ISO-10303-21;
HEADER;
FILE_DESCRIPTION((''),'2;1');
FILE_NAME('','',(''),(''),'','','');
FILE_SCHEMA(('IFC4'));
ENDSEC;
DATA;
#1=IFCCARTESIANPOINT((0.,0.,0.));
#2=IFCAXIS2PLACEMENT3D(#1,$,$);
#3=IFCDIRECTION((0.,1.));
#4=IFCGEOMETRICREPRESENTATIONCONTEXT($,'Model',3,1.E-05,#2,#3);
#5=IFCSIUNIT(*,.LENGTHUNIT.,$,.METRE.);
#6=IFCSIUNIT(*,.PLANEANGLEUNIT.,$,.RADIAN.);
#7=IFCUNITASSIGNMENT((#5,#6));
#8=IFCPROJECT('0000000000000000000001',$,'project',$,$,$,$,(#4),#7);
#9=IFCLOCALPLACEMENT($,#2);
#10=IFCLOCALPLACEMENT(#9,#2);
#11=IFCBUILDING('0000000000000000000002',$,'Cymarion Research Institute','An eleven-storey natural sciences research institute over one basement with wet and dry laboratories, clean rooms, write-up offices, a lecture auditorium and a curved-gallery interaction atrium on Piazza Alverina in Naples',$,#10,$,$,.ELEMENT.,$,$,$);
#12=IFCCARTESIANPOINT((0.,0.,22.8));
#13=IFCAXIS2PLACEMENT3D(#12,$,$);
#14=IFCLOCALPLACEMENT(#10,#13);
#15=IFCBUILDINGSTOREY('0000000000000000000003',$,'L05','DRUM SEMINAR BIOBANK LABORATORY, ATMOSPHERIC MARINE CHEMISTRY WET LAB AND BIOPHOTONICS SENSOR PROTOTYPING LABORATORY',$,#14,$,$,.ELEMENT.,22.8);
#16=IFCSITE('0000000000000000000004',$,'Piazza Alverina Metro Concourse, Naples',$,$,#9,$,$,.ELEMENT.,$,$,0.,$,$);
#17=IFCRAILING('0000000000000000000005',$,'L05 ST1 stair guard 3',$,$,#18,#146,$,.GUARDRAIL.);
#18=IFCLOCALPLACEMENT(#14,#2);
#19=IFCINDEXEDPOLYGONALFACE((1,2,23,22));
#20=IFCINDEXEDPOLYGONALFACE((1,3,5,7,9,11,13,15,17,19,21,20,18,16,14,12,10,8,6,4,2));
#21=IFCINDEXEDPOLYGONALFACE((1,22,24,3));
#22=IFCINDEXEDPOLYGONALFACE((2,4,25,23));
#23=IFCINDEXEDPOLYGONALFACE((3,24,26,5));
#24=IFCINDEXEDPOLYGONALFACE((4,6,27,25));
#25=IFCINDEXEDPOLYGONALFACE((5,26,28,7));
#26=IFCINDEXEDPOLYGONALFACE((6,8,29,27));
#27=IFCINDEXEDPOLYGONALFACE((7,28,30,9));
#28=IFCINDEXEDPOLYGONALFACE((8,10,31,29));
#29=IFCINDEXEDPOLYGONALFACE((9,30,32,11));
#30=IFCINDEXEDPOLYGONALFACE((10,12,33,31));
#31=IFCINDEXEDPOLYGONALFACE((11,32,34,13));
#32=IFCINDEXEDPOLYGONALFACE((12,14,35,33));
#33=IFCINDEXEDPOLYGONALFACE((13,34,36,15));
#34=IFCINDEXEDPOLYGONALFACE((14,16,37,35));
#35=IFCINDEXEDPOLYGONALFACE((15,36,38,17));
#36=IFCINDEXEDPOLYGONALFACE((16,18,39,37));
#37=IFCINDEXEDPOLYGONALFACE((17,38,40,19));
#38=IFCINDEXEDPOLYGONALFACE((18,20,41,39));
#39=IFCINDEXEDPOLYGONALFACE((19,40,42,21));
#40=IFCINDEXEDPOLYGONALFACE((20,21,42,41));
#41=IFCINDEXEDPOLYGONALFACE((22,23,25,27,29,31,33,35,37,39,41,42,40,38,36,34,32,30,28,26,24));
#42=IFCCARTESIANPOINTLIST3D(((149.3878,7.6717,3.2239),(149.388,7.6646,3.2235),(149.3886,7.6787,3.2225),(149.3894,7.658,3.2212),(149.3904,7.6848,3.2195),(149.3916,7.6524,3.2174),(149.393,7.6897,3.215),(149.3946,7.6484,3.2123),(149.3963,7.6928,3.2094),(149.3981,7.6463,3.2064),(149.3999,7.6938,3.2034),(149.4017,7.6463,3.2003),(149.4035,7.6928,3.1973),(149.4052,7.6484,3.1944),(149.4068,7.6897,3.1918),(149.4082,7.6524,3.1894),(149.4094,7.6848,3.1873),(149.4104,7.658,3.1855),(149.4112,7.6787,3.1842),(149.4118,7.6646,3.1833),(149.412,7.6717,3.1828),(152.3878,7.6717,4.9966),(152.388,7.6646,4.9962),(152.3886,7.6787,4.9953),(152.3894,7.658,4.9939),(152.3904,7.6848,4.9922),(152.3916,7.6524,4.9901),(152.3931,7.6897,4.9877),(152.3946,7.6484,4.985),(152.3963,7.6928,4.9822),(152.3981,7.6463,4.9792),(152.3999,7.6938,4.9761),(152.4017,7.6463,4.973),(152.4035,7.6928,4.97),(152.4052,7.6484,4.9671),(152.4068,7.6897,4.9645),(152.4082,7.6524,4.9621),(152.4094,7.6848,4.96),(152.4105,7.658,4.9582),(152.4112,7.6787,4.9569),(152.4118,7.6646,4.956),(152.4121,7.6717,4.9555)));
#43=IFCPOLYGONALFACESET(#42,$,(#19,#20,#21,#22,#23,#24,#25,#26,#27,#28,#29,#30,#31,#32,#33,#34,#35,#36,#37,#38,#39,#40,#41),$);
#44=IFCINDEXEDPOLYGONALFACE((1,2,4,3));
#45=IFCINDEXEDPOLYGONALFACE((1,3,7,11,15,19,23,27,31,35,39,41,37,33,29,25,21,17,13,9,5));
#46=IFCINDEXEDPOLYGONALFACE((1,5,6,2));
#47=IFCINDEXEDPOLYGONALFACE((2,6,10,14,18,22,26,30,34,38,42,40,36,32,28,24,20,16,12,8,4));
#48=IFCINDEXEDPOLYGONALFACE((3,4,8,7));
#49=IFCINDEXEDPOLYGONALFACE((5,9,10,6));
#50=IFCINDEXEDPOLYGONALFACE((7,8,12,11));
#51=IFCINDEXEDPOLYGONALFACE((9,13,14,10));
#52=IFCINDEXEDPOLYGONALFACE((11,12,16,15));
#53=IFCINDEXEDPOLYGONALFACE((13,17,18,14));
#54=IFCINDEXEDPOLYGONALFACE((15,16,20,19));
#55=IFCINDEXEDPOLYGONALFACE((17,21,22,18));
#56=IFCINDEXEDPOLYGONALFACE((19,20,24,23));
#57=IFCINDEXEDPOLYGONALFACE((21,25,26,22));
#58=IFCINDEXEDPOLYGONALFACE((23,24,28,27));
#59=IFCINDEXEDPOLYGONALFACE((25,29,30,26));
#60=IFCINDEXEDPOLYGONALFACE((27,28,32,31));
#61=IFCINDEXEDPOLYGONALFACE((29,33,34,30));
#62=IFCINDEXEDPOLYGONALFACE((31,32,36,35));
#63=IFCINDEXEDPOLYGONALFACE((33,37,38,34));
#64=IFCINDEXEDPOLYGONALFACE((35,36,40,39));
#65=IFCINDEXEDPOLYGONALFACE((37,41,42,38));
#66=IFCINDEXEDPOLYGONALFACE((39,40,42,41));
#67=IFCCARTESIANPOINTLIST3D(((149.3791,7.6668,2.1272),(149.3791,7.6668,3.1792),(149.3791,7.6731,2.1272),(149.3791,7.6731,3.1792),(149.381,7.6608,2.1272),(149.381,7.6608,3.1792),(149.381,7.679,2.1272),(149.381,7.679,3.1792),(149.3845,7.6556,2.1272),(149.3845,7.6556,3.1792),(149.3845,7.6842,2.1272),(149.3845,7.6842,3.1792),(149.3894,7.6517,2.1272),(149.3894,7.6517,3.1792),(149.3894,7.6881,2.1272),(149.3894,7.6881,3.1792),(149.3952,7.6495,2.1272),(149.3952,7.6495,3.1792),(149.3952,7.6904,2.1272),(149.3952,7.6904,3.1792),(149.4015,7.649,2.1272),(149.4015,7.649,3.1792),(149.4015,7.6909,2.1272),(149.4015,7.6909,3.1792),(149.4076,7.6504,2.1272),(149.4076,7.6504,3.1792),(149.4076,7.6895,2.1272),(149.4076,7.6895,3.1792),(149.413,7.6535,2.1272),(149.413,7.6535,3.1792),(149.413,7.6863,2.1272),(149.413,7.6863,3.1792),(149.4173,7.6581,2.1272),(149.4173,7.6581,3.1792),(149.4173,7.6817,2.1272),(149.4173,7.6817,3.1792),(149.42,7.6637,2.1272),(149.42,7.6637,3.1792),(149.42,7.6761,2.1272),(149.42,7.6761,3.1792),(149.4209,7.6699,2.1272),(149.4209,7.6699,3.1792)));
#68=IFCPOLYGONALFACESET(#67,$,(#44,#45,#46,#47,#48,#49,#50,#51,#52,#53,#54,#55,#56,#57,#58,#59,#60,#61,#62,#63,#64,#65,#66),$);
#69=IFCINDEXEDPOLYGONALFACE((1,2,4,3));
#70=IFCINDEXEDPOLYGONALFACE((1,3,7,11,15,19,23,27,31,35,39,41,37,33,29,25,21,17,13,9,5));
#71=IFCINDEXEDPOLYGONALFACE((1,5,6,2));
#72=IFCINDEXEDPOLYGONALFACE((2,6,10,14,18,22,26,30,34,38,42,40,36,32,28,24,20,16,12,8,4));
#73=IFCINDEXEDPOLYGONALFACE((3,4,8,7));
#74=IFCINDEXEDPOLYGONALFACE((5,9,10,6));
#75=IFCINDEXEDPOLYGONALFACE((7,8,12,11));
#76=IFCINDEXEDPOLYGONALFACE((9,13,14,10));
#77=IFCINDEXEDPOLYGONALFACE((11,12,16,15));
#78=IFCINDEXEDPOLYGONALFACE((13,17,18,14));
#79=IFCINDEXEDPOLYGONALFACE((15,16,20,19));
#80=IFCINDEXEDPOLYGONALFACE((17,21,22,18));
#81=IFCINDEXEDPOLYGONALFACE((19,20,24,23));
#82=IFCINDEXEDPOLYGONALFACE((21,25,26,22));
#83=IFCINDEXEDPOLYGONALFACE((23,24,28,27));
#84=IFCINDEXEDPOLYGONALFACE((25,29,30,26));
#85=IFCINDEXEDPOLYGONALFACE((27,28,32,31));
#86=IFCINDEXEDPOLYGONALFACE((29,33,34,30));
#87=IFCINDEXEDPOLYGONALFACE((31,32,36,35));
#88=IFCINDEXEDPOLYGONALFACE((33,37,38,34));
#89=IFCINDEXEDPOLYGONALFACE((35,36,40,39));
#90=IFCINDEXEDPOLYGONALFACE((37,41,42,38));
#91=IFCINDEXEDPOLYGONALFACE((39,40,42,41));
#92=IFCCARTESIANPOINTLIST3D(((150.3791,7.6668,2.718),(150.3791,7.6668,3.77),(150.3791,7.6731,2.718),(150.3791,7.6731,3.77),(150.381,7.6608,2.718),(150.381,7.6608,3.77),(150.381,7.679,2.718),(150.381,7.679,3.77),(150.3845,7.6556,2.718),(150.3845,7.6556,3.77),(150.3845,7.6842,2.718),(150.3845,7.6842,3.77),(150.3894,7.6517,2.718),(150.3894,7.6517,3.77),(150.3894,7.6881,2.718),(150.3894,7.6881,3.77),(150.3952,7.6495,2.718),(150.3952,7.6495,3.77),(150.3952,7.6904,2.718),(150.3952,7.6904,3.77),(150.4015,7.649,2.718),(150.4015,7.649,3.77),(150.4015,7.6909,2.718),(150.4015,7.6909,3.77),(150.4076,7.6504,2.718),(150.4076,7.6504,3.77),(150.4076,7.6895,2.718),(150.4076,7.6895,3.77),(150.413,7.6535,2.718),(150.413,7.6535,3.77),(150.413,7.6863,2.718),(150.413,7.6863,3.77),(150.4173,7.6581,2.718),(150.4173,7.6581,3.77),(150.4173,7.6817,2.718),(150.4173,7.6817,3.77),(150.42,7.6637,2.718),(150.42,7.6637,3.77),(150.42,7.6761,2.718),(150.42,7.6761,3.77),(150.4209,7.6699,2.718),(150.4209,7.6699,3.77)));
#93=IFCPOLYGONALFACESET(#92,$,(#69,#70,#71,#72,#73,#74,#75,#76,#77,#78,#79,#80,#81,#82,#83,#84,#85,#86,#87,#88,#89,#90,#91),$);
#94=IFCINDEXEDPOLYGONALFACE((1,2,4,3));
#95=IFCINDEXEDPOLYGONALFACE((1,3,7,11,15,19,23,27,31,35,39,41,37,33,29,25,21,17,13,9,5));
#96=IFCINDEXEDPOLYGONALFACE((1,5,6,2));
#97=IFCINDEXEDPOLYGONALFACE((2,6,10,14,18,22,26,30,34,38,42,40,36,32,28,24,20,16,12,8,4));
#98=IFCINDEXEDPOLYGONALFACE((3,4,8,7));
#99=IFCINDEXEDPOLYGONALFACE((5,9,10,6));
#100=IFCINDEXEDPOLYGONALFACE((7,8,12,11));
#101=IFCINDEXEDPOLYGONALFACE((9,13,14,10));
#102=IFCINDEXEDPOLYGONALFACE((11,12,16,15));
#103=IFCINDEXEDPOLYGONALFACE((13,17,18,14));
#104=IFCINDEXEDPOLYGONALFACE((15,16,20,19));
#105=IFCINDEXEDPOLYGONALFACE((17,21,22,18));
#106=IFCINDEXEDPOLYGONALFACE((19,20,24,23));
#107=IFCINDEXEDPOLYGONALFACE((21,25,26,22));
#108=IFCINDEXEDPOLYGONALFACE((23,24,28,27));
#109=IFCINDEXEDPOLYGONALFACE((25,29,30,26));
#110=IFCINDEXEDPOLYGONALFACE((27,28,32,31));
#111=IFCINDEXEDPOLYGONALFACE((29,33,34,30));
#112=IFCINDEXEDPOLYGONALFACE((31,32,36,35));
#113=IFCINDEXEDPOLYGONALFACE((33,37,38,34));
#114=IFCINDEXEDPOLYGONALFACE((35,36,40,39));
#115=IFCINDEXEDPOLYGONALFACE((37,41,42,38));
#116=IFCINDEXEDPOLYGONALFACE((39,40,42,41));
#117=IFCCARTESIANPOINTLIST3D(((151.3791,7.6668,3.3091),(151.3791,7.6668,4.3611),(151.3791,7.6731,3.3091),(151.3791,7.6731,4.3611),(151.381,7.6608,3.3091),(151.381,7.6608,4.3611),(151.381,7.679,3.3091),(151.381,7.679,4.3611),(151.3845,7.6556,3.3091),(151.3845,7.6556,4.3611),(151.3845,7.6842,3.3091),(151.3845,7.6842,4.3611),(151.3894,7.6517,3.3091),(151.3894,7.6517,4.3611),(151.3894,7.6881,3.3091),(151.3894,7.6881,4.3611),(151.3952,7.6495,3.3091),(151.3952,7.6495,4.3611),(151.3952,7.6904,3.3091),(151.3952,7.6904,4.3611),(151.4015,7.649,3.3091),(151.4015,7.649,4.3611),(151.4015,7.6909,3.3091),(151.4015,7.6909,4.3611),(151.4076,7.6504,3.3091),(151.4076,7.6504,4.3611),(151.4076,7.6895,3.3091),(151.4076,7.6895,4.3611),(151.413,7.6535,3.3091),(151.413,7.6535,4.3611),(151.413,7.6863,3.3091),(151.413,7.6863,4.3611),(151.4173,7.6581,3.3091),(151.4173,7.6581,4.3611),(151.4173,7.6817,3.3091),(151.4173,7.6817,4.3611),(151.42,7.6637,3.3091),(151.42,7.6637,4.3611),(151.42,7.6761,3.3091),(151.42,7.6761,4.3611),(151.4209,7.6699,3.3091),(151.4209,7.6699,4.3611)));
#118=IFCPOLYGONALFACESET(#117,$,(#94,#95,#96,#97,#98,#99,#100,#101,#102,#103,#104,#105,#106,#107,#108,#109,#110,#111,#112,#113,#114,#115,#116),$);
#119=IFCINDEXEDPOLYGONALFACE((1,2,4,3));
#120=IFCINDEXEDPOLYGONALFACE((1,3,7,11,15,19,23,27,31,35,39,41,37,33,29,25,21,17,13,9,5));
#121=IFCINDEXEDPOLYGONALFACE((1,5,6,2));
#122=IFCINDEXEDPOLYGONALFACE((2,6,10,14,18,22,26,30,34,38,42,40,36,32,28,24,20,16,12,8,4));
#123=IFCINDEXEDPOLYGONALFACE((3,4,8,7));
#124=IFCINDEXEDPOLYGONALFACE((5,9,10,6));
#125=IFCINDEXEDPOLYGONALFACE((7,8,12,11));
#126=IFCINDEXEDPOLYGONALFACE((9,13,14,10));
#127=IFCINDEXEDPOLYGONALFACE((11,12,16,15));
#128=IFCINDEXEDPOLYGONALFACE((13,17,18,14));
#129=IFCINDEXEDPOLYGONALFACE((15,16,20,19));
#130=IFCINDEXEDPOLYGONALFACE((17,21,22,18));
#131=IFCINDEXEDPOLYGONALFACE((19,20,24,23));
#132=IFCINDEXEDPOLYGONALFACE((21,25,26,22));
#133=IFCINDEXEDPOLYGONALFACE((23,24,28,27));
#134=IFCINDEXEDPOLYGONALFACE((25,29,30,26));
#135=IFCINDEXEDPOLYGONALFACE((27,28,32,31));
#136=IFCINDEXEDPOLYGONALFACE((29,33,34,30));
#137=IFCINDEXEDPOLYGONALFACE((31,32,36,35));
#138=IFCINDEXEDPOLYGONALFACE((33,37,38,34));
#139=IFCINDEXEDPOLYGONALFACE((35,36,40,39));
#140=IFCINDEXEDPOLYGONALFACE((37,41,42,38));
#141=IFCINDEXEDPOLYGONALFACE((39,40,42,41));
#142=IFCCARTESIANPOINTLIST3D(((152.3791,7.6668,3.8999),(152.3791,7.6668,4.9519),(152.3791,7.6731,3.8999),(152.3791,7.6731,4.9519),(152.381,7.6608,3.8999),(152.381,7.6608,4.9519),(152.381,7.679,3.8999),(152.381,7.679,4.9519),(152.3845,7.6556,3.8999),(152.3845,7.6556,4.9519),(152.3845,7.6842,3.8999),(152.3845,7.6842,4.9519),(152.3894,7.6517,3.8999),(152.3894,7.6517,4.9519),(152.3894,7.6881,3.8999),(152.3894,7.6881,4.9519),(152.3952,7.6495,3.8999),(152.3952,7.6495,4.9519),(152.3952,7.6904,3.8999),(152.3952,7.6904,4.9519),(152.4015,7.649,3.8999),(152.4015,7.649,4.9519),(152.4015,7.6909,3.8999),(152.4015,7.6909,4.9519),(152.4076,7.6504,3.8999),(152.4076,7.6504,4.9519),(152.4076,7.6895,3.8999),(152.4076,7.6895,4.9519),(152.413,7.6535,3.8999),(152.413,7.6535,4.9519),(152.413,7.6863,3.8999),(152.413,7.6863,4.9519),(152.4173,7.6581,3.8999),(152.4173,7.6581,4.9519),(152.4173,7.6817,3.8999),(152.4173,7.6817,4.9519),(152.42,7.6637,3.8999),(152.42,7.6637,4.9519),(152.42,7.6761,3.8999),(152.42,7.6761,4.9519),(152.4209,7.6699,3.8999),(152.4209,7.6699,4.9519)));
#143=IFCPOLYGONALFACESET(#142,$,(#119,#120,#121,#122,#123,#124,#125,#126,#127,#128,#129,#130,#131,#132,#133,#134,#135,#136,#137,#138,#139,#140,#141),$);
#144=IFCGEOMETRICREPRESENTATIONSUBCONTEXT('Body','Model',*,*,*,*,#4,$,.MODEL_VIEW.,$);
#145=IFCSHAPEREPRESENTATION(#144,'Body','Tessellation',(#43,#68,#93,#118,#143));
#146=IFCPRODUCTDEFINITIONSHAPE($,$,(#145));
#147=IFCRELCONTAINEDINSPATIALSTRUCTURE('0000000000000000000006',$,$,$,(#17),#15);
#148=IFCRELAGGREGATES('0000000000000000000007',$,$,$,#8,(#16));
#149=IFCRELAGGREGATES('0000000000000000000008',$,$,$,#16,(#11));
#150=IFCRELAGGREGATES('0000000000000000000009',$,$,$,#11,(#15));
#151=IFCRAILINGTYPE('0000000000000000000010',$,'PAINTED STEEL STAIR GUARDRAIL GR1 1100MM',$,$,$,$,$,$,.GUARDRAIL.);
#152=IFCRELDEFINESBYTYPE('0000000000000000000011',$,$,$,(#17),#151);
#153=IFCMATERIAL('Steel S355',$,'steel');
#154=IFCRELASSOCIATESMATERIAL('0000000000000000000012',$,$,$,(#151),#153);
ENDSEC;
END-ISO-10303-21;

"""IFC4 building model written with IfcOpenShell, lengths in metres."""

from ifc_helpers import new_model, si_unit, direction, frame, origin, origin_2d, place, context, subcontext, project, spatial, circle, extrude, material, type_object, element, save


model = new_model("IFC4")

# Units and contexts
model_context = context("Model", 3, precision=1e-05, world=origin(), true_north=direction((0.0, 1.0)))
body_context = subcontext(model_context, "Body", "Model", "MODEL_VIEW")
ifc_project = project(units=[si_unit("LENGTHUNIT", "METRE"), si_unit("PLANEANGLEUNIT", "RADIAN")], contexts=[model_context])

# Site, building, storey
site_placement = place(None, origin())
site = spatial("IfcSite", under=ifc_project, at=site_placement, Name="Piazza Alverina Metro Concourse, Naples", CompositionType="ELEMENT", RefElevation=0.0)
building_placement = place(site_placement, origin())
building = spatial("IfcBuilding", under=site, at=building_placement, Name="Cymarion Research Institute", Description="An eleven-storey natural sciences research institute over one basement with wet and dry laboratories, clean rooms, write-up offices, a lecture auditorium and a curved-gallery interaction atrium on Piazza Alverina in Naples", CompositionType="ELEMENT")
storey_placement = place(building_placement, frame((0.0, 0.0, 22.8)))
storey = spatial("IfcBuildingStorey", under=building, at=storey_placement, Name="L05", Description="DRUM SEMINAR BIOBANK LABORATORY, ATMOSPHERIC MARINE CHEMISTRY WET LAB AND BIOPHOTONICS SENSOR PROTOTYPING LABORATORY", CompositionType="ELEMENT", Elevation=22.8)

# Shared definitions
ifc_material_1 = material(Name="Steel S355", Category="steel")

# Railing
railing_type_1 = type_object("IfcRailingType", Name="PAINTED STEEL STAIR GUARDRAIL GR1 1100MM", PredefinedType="GUARDRAIL", material=ifc_material_1)
railing_1_placement = place(storey_placement, frame((149.3999, 7.6699, 2.1272)))
element("IfcRailing", 1, at=railing_1_placement, inside=storey, type_object=railing_type_1, Name="L05 ST1 stair guard 3", PredefinedType="GUARDRAIL", context=body_context, shape_type="SweptSolid", body=[
    extrude(circle(Radius=0.0239, at=origin_2d()), frame((0.0, 0.0, 1.0762), z_axis=(0.860929, 0.0, 0.508725), x_axis=(0.0, 1.0, 0.0)), (0.0, 0.0, 1.0), 3.4846),
    extrude(circle(Radius=0.021, at=origin_2d()), origin(), (0.0, 0.0, 1.0), 1.052),
    extrude(circle(Radius=0.021, at=origin_2d()), frame((1.0, 0.0, 0.5908)), (0.0, 0.0, 1.0), 1.052),
    extrude(circle(Radius=0.021, at=origin_2d()), frame((2.0, 0.0, 1.1819)), (0.0, 0.0, 1.0), 1.052),
    extrude(circle(Radius=0.021, at=origin_2d()), frame((3.0, 0.0, 1.7727)), (0.0, 0.0, 1.0), 1.052),
])

save(model, "model.ifc")
